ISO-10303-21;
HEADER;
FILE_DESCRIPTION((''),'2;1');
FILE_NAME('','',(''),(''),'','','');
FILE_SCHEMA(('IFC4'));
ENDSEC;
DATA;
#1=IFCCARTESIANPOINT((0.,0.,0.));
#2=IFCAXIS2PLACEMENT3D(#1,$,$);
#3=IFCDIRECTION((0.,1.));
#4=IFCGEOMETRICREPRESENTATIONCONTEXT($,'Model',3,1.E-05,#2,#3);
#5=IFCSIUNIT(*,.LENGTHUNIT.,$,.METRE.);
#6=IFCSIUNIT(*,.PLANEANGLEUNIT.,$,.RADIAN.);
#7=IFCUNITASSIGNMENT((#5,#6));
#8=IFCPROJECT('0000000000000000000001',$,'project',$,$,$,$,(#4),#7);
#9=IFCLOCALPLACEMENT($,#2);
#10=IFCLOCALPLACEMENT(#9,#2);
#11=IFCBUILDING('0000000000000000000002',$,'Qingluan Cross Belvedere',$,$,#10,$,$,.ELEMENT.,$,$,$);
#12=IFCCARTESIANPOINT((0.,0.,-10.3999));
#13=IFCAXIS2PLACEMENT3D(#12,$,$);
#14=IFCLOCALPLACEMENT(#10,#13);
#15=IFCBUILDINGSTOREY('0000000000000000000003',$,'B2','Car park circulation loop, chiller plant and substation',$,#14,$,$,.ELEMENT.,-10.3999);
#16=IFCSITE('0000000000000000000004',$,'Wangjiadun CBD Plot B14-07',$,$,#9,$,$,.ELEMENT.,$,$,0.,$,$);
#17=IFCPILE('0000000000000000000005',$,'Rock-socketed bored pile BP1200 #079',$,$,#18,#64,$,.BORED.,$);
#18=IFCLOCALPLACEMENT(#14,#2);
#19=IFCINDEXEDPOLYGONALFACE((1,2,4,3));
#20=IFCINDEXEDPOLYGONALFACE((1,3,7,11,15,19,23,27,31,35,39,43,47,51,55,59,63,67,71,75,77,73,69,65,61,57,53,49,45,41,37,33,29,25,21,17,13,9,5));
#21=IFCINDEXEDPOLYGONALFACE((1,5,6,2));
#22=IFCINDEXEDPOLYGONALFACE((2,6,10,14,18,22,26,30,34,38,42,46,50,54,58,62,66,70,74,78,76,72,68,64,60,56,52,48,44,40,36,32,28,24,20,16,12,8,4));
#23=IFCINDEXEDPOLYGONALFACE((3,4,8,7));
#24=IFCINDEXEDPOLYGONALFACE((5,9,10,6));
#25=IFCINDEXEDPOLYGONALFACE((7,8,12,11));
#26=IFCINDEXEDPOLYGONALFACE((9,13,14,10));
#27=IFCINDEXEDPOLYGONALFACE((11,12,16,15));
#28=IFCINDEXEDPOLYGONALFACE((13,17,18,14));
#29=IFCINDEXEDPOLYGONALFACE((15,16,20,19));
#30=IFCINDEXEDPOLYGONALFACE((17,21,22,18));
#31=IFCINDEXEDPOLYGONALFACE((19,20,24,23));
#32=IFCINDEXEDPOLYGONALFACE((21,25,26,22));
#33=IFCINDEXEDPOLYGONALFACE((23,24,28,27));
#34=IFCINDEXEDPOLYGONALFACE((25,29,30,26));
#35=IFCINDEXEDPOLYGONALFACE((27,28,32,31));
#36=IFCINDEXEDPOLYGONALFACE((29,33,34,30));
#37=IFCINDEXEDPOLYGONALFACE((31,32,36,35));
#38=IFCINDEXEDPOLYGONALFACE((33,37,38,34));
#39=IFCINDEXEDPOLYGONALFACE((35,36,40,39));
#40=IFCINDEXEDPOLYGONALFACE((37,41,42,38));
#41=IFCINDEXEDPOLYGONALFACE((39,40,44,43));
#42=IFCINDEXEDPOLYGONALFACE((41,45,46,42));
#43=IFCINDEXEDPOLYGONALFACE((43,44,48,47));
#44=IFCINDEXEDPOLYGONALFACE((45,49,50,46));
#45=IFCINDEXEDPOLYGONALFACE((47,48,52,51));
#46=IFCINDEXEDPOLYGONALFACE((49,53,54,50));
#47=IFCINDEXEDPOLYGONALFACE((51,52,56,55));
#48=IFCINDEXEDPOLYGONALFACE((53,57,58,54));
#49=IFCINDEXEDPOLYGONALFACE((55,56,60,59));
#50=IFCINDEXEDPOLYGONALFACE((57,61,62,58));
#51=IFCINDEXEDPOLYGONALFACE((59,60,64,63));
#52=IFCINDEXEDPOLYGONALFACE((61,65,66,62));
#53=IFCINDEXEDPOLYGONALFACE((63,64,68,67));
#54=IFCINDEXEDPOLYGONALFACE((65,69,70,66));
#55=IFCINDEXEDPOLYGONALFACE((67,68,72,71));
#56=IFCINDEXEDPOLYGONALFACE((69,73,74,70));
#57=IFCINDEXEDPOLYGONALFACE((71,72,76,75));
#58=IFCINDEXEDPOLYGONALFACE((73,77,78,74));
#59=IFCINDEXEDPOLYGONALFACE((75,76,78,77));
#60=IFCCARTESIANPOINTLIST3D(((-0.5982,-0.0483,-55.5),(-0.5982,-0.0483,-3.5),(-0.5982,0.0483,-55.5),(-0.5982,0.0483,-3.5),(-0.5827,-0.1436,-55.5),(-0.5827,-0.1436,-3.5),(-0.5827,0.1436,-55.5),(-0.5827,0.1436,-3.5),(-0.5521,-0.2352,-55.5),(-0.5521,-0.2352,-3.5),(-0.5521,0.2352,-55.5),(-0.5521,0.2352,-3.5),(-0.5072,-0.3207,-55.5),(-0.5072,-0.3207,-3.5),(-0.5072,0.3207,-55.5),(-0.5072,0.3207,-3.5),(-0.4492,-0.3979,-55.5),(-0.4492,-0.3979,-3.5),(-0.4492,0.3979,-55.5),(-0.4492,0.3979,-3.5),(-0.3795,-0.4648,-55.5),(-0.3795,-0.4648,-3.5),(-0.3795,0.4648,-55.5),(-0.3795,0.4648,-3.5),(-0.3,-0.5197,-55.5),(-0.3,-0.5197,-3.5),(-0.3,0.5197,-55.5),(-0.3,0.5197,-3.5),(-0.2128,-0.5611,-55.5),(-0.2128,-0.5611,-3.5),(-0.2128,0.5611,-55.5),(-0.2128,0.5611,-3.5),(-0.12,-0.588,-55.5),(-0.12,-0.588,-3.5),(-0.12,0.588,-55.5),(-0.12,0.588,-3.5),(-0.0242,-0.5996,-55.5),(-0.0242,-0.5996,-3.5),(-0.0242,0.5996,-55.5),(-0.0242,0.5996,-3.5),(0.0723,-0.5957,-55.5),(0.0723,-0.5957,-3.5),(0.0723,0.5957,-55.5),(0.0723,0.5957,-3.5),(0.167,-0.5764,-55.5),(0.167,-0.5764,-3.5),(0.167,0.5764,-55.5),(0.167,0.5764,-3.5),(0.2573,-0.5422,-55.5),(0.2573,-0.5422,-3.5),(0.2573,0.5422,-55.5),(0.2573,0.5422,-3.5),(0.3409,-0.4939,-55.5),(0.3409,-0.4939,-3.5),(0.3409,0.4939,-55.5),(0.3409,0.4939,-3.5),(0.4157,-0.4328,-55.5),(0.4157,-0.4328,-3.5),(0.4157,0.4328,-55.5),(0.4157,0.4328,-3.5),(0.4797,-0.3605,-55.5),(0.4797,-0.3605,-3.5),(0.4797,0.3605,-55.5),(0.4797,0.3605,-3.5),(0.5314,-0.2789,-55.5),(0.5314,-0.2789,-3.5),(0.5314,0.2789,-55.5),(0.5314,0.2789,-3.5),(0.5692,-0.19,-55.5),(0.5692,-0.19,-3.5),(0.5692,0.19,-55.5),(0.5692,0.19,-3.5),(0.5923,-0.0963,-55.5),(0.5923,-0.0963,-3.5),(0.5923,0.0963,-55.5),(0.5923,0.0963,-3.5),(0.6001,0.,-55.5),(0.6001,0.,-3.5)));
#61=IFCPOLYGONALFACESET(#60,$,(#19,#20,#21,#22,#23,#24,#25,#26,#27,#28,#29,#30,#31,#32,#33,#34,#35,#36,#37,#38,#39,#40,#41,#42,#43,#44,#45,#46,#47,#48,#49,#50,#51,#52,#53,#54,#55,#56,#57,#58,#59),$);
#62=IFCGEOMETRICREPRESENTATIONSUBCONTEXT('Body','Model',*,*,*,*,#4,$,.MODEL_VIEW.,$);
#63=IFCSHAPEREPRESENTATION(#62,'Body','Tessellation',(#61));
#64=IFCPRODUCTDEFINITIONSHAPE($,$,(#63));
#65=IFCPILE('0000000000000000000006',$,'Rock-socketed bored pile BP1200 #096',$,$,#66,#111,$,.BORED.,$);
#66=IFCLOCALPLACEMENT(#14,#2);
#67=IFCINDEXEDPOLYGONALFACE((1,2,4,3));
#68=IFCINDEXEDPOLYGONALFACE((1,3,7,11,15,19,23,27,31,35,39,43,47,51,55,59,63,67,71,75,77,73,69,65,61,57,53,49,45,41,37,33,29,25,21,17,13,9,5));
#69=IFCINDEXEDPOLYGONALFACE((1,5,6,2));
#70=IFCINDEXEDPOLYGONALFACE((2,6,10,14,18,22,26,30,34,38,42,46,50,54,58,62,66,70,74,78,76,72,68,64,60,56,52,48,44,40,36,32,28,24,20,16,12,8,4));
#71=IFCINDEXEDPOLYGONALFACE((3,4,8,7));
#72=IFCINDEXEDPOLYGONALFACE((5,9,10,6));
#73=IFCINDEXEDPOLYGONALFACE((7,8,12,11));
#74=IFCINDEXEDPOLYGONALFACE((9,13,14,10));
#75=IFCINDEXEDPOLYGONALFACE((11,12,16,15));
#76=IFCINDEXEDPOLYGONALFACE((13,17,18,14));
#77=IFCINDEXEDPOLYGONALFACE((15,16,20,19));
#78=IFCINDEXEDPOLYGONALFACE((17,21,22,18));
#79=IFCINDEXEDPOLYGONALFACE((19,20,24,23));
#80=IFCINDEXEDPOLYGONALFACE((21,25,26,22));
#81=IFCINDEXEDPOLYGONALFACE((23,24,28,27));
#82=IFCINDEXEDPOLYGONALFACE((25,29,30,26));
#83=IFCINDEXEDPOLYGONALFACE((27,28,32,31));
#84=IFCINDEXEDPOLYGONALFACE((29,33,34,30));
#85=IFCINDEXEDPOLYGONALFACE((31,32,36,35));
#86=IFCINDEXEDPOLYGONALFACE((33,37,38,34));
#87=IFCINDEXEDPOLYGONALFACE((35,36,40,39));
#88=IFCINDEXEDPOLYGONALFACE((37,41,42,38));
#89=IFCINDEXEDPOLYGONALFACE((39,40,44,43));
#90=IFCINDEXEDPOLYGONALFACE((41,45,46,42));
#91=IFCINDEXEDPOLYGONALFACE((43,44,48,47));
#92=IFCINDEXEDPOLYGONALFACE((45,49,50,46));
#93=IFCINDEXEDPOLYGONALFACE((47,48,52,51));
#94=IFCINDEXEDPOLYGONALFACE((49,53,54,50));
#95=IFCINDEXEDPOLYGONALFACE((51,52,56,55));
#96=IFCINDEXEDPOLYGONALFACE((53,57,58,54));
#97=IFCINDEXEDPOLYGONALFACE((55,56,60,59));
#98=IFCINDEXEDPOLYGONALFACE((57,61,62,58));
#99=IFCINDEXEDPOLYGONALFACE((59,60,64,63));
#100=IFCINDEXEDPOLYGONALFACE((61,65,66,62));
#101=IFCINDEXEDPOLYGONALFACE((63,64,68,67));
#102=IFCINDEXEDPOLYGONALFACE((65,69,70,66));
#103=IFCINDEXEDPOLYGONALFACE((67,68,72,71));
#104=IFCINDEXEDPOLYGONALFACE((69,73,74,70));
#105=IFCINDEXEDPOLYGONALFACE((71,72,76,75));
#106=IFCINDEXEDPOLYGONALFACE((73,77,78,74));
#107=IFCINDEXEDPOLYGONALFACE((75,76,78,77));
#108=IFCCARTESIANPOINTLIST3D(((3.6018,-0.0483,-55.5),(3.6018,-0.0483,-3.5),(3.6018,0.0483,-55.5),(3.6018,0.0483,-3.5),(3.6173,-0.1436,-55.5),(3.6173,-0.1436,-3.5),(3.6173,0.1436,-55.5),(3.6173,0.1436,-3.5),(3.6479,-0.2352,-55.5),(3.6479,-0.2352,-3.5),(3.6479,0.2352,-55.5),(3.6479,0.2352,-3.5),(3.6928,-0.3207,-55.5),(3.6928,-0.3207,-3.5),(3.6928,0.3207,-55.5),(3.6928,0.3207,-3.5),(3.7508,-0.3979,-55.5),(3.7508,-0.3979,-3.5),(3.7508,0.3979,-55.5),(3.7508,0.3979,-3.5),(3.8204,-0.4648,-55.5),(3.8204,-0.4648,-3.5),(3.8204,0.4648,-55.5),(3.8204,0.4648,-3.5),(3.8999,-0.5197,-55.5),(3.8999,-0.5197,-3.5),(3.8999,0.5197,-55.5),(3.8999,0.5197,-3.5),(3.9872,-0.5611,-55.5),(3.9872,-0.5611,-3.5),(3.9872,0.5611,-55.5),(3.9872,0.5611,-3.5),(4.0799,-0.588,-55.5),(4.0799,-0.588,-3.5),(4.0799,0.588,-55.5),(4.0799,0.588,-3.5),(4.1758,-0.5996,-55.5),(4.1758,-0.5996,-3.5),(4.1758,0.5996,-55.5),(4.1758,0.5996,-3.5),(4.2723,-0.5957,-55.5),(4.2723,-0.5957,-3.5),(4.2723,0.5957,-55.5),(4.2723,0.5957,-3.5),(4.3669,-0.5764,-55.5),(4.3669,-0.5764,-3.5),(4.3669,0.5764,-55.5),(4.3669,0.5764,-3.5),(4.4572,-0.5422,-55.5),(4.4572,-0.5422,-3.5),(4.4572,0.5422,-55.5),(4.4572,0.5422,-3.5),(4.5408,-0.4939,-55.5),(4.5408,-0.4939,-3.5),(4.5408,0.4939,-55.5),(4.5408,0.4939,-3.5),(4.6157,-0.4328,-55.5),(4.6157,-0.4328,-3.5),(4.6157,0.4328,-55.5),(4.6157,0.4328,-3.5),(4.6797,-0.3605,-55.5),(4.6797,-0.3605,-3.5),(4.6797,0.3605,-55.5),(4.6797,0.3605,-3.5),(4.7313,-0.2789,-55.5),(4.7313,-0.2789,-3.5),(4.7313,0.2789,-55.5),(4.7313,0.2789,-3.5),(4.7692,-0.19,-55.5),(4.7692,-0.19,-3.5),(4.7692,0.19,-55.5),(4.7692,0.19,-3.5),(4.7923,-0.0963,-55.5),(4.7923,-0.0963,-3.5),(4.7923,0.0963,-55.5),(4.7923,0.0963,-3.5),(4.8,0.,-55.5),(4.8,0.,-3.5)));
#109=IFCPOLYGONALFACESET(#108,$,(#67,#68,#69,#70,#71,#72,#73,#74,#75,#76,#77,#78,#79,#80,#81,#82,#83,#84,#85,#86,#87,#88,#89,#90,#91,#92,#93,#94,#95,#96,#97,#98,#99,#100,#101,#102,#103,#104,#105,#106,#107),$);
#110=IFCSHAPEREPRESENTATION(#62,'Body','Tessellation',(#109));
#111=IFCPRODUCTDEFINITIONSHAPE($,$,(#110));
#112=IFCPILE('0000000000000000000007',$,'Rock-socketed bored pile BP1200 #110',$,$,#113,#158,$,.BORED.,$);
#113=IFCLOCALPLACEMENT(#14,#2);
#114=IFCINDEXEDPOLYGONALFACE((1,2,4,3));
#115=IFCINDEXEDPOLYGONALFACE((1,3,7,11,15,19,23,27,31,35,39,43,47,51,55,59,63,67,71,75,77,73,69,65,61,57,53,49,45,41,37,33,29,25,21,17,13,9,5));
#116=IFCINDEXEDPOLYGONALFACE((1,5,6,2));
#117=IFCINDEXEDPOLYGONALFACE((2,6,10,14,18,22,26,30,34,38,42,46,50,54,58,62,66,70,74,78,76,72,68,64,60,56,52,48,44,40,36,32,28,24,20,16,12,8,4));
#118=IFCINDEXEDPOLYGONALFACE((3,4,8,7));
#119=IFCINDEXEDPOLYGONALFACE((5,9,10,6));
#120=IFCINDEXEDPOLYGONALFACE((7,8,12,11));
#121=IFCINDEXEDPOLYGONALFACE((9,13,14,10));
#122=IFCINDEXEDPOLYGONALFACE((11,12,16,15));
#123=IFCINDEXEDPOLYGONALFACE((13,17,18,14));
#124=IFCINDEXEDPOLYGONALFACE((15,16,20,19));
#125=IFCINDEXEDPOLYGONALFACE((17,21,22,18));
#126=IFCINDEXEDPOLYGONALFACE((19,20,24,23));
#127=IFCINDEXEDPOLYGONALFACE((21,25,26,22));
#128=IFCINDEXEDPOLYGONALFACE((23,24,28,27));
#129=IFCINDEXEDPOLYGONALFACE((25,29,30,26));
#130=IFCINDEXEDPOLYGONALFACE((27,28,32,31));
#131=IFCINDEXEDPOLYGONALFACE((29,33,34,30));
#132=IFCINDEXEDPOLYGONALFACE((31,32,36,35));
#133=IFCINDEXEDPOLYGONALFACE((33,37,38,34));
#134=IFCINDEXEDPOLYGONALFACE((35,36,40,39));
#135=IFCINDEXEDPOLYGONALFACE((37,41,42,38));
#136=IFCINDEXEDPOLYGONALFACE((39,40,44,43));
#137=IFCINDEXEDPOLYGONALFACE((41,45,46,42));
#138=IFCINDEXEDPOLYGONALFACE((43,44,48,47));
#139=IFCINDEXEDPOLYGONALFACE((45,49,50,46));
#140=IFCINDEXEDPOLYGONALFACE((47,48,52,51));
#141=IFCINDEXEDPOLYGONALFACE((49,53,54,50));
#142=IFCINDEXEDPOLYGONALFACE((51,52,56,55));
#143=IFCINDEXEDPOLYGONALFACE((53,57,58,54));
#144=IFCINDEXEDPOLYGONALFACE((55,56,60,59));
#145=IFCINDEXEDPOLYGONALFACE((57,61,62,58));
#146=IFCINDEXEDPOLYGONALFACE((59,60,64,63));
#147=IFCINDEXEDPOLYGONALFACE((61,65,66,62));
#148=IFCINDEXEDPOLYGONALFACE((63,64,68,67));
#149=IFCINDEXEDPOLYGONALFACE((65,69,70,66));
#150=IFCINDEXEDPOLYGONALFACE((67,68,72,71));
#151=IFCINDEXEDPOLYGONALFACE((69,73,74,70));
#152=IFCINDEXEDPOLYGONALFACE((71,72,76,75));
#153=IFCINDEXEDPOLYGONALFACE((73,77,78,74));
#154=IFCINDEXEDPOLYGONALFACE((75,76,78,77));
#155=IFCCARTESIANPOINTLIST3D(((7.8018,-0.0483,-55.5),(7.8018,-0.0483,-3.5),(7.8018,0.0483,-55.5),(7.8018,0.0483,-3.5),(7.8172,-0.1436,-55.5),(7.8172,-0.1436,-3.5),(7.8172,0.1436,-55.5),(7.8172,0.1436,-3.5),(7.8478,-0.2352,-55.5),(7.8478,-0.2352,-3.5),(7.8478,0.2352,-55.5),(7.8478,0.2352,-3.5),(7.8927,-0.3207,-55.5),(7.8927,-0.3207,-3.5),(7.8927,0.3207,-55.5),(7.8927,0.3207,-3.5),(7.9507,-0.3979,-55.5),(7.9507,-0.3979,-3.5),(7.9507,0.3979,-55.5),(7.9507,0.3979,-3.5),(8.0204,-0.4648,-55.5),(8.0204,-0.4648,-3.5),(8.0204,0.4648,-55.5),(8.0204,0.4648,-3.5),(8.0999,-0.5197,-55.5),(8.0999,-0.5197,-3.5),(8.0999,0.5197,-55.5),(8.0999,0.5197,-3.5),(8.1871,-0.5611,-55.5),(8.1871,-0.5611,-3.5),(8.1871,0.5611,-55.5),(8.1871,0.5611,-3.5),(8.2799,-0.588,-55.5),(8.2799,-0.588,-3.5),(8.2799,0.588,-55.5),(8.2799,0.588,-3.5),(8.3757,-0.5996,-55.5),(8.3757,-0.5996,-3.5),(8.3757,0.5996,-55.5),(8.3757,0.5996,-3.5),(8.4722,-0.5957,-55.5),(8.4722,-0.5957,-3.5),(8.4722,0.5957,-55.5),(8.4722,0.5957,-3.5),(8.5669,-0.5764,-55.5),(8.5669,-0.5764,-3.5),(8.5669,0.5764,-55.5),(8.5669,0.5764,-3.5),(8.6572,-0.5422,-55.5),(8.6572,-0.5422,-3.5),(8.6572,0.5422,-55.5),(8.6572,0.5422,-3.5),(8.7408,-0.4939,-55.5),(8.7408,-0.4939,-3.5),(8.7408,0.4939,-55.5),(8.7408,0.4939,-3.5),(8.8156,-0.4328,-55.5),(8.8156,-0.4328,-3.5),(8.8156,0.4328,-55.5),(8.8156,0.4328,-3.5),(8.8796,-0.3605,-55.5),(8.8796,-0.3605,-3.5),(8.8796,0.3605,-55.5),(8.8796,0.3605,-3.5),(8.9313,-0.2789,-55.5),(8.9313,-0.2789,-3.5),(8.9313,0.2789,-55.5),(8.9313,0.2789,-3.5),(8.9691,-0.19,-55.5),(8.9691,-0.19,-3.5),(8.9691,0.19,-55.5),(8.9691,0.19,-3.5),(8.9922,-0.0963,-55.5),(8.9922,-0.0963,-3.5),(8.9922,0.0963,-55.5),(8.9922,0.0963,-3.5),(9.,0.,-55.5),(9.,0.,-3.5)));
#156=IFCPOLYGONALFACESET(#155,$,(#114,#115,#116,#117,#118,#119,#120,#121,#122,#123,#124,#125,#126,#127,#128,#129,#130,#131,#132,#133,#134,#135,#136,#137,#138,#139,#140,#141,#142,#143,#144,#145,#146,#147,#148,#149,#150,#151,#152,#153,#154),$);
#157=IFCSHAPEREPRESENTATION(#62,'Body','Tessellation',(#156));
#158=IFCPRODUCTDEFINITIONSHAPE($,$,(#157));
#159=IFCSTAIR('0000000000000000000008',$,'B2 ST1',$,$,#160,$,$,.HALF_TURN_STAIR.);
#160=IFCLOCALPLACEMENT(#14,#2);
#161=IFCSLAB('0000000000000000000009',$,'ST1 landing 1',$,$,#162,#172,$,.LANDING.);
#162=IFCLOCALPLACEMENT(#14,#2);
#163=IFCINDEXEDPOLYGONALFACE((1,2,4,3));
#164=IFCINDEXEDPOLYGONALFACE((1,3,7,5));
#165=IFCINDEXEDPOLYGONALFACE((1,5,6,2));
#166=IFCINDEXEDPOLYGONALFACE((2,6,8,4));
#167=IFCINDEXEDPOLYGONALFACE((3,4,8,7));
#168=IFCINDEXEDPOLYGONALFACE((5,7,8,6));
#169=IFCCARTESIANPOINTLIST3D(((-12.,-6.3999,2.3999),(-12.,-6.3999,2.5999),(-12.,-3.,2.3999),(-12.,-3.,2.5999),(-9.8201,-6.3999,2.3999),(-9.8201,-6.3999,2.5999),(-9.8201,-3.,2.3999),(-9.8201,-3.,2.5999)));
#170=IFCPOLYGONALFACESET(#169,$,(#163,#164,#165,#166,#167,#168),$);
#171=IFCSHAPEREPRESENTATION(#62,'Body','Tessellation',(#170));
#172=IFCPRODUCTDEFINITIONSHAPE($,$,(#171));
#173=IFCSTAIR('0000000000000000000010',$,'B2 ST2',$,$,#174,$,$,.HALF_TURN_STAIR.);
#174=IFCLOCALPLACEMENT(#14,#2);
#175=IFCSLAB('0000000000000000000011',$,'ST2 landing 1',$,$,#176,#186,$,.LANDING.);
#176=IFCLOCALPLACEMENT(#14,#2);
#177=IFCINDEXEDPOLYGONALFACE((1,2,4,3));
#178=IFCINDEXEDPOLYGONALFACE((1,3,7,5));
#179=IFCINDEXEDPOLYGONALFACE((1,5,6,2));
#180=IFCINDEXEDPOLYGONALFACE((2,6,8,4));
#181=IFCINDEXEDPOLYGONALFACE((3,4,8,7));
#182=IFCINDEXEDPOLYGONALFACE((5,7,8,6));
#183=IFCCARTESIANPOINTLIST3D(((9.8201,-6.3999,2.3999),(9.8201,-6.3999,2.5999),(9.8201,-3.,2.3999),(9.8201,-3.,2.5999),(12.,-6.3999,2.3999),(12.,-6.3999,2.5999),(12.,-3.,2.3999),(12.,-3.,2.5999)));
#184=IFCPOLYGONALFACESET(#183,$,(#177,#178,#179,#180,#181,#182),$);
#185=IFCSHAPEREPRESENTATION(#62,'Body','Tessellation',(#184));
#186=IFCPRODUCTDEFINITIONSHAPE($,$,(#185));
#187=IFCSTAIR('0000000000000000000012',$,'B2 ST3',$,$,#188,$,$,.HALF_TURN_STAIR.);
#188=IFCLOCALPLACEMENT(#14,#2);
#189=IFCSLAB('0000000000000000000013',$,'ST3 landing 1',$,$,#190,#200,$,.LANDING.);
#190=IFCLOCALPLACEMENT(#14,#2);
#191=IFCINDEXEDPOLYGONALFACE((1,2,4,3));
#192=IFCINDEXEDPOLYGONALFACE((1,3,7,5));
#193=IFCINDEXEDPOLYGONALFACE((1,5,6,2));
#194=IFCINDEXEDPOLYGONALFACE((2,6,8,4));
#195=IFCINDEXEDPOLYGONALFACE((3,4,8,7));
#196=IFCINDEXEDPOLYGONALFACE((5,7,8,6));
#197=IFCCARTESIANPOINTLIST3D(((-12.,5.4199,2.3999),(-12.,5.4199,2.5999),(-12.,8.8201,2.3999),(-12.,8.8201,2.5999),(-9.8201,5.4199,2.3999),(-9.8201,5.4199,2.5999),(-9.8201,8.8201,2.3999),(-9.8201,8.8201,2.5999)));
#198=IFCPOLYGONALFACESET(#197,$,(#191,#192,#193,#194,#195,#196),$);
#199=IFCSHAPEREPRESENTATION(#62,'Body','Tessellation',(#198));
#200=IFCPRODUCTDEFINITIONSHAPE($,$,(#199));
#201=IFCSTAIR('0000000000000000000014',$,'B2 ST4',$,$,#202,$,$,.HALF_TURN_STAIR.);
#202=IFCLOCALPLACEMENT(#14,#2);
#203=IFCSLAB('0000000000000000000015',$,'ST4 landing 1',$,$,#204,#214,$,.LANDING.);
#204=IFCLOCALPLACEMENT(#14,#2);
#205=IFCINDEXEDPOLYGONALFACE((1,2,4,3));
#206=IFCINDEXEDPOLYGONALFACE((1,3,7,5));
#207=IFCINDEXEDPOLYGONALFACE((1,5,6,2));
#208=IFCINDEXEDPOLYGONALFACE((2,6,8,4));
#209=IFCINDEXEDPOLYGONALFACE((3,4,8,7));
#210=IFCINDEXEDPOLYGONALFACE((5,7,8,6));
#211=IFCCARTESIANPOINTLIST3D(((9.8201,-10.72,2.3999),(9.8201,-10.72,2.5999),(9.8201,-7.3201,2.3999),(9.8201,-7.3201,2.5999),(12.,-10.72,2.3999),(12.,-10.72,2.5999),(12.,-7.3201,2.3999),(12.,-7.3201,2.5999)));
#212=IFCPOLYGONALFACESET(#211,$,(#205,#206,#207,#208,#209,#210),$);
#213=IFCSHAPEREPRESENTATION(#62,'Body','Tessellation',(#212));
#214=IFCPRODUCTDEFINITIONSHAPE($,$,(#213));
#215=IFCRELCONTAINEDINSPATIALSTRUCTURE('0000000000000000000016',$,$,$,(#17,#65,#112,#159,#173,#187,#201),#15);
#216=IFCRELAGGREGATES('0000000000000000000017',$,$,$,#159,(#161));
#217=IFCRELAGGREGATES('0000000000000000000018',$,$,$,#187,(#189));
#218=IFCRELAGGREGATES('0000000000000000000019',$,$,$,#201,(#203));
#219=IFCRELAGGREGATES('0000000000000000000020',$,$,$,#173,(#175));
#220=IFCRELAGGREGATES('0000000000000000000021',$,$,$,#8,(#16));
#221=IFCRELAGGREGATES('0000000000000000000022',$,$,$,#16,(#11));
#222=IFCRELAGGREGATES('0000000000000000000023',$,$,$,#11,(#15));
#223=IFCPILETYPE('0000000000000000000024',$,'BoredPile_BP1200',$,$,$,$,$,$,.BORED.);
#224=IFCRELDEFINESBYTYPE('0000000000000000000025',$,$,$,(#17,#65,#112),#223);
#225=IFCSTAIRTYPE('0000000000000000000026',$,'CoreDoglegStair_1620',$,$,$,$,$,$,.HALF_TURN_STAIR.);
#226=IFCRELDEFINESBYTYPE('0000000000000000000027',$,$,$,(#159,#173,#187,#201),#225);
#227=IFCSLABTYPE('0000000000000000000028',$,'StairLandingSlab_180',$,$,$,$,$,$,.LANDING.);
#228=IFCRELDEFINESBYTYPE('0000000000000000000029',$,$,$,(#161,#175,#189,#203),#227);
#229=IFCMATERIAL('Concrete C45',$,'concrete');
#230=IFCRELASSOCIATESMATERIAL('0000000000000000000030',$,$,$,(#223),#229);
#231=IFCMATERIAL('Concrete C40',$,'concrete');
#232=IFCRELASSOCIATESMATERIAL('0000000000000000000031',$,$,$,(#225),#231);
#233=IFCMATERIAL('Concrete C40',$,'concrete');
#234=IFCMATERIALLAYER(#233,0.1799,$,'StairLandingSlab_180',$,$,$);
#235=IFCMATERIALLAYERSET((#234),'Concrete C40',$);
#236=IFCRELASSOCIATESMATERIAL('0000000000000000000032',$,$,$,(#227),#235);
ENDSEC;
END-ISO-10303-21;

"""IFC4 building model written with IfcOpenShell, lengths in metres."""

from ifc_helpers import new_model, si_unit, direction, frame, origin, origin_2d, place, context, subcontext, project, spatial, polyline, circle, outline, extrude, material, layer, layer_set, material_profile, profile_set, type_object, element, aggregate, save


model = new_model("IFC4")

# Units and contexts
model_context = context("Model", 3, precision=1e-05, world=origin(), true_north=direction((0.0, 1.0)))
body_context = subcontext(model_context, "Body", "Model", "MODEL_VIEW")
ifc_project = project(units=[si_unit("LENGTHUNIT", "METRE"), si_unit("PLANEANGLEUNIT", "RADIAN")], contexts=[model_context])

# Site, building, storey
site_placement = place(None, origin())
site = spatial("IfcSite", under=ifc_project, at=site_placement, Name="Wangjiadun CBD Plot B14-07", CompositionType="ELEMENT", RefElevation=0.0)
building_placement = place(site_placement, origin())
building = spatial("IfcBuilding", under=site, at=building_placement, Name="Qingluan Cross Belvedere", CompositionType="ELEMENT")
storey_placement = place(building_placement, frame((0.0, 0.0, -10.3999)))
storey = spatial("IfcBuildingStorey", under=building, at=storey_placement, Name="B2", Description="Car park circulation loop, chiller plant and substation", CompositionType="ELEMENT", Elevation=-10.3999)

# Piles
ifc_material_1 = material(Name="Concrete C45", Category="concrete")
ifc_material_profile = material_profile(ifc_material_1, circle(Radius=0.6001, at=origin_2d()), Name="BP1200")
ifc_profile_set = profile_set([ifc_material_profile], Name="Concrete C45")
pile_type = type_object("IfcPileType", Name="BoredPile_BP1200", PredefinedType="BORED", material=ifc_profile_set)
for number, where, z_axis, x_axis, name in (
    (1, (0.0, 0.0, -3.5), (0.0, 0.0, -1.0), (1.0, 0.0, 0.0), "Rock-socketed bored pile BP1200 #079"),
    (2, (4.2, 0.0, -3.5), (0.0, 0.0, -1.0), (1.0, 0.0, 0.0), "Rock-socketed bored pile BP1200 #096"),
    (3, (8.3999, 0.0, -3.5), (0.0, 0.0, -1.0), (1.0, 0.0, 0.0), "Rock-socketed bored pile BP1200 #110"),
):
    element("IfcPile", number, at=place(storey_placement, frame(where, z_axis=z_axis, x_axis=x_axis)), inside=storey, type_object=pile_type, Name=name, PredefinedType="BORED", context=body_context, shape_type="SweptSolid", body=[
        extrude(circle(Radius=0.6001, at=origin_2d()), origin(), (0.0, 0.0, 1.0), 52.0),
    ])

# Stairs, slabs
ifc_material_2 = material(Name="Concrete C40", Category="concrete")
stair_type_1 = type_object("IfcStairType", Name="CoreDoglegStair_1620", PredefinedType="HALF_TURN_STAIR", material=ifc_material_2)
stair_1_placement = place(storey_placement, origin())
stair_1 = element("IfcStair", 4, at=stair_1_placement, inside=storey, type_object=stair_type_1, Name="B2 ST1", PredefinedType="HALF_TURN_STAIR")
ifc_material_3 = material(Name="Concrete C40", Category="concrete")
ifc_layer_1 = layer(ifc_material_3, 0.1799, Name="StairLandingSlab_180")
ifc_layer_set_1 = layer_set([ifc_layer_1], Name="Concrete C40")
slab_type = type_object("IfcSlabType", Name="StairLandingSlab_180", PredefinedType="LANDING", material=ifc_layer_set_1)
slab_1_placement = place(storey_placement, frame((0.0, 0.0, 2.3999)))
slab_1 = element("IfcSlab", 5, at=slab_1_placement, type_object=slab_type, Name="ST1 landing 1", PredefinedType="LANDING", context=body_context, shape_type="SweptSolid", body=[
    extrude(outline(polyline([(-9.8201, -3.0), (-12.0, -3.0), (-12.0, -6.3999), (-9.8201, -6.3999), (-9.8201, -3.0)])), origin(), (0.0, 0.0, 1.0), 0.2),
])
aggregate(stair_1, [slab_1])
stair_2_placement = place(storey_placement, origin())
stair_2 = element("IfcStair", 6, at=stair_2_placement, inside=storey, type_object=stair_type_1, Name="B2 ST2", PredefinedType="HALF_TURN_STAIR")
slab_2_placement = place(storey_placement, frame((0.0, 0.0, 2.3999)))
slab_2 = element("IfcSlab", 7, at=slab_2_placement, type_object=slab_type, Name="ST2 landing 1", PredefinedType="LANDING", context=body_context, shape_type="SweptSolid", body=[
    extrude(outline(polyline([(9.8201, -6.3999), (12.0, -6.3999), (12.0, -3.0), (9.8201, -3.0), (9.8201, -6.3999)])), origin(), (0.0, 0.0, 1.0), 0.2),
])
stair_3_placement = place(storey_placement, origin())
stair_3 = element("IfcStair", 8, at=stair_3_placement, inside=storey, type_object=stair_type_1, Name="B2 ST3", PredefinedType="HALF_TURN_STAIR")
slab_3_placement = place(storey_placement, frame((0.0, 0.0, 2.3999)))
slab_3 = element("IfcSlab", 9, at=slab_3_placement, type_object=slab_type, Name="ST3 landing 1", PredefinedType="LANDING", context=body_context, shape_type="SweptSolid", body=[
    extrude(outline(polyline([(-9.8201, 8.8201), (-12.0, 8.8201), (-12.0, 5.4199), (-9.8201, 5.4199), (-9.8201, 8.8201)])), origin(), (0.0, 0.0, 1.0), 0.2),
])
aggregate(stair_3, [slab_3])
stair_4_placement = place(storey_placement, origin())
stair_4 = element("IfcStair", 10, at=stair_4_placement, inside=storey, type_object=stair_type_1, Name="B2 ST4", PredefinedType="HALF_TURN_STAIR")
slab_4_placement = place(storey_placement, frame((0.0, 0.0, 2.3999)))
slab_4 = element("IfcSlab", 11, at=slab_4_placement, type_object=slab_type, Name="ST4 landing 1", PredefinedType="LANDING", context=body_context, shape_type="SweptSolid", body=[
    extrude(outline(polyline([(9.8201, -10.72), (12.0, -10.72), (12.0, -7.3201), (9.8201, -7.3201), (9.8201, -10.72)])), origin(), (0.0, 0.0, 1.0), 0.2),
])
aggregate(stair_4, [slab_4])

aggregate(stair_2, [slab_2])

save(model, "model.ifc")
